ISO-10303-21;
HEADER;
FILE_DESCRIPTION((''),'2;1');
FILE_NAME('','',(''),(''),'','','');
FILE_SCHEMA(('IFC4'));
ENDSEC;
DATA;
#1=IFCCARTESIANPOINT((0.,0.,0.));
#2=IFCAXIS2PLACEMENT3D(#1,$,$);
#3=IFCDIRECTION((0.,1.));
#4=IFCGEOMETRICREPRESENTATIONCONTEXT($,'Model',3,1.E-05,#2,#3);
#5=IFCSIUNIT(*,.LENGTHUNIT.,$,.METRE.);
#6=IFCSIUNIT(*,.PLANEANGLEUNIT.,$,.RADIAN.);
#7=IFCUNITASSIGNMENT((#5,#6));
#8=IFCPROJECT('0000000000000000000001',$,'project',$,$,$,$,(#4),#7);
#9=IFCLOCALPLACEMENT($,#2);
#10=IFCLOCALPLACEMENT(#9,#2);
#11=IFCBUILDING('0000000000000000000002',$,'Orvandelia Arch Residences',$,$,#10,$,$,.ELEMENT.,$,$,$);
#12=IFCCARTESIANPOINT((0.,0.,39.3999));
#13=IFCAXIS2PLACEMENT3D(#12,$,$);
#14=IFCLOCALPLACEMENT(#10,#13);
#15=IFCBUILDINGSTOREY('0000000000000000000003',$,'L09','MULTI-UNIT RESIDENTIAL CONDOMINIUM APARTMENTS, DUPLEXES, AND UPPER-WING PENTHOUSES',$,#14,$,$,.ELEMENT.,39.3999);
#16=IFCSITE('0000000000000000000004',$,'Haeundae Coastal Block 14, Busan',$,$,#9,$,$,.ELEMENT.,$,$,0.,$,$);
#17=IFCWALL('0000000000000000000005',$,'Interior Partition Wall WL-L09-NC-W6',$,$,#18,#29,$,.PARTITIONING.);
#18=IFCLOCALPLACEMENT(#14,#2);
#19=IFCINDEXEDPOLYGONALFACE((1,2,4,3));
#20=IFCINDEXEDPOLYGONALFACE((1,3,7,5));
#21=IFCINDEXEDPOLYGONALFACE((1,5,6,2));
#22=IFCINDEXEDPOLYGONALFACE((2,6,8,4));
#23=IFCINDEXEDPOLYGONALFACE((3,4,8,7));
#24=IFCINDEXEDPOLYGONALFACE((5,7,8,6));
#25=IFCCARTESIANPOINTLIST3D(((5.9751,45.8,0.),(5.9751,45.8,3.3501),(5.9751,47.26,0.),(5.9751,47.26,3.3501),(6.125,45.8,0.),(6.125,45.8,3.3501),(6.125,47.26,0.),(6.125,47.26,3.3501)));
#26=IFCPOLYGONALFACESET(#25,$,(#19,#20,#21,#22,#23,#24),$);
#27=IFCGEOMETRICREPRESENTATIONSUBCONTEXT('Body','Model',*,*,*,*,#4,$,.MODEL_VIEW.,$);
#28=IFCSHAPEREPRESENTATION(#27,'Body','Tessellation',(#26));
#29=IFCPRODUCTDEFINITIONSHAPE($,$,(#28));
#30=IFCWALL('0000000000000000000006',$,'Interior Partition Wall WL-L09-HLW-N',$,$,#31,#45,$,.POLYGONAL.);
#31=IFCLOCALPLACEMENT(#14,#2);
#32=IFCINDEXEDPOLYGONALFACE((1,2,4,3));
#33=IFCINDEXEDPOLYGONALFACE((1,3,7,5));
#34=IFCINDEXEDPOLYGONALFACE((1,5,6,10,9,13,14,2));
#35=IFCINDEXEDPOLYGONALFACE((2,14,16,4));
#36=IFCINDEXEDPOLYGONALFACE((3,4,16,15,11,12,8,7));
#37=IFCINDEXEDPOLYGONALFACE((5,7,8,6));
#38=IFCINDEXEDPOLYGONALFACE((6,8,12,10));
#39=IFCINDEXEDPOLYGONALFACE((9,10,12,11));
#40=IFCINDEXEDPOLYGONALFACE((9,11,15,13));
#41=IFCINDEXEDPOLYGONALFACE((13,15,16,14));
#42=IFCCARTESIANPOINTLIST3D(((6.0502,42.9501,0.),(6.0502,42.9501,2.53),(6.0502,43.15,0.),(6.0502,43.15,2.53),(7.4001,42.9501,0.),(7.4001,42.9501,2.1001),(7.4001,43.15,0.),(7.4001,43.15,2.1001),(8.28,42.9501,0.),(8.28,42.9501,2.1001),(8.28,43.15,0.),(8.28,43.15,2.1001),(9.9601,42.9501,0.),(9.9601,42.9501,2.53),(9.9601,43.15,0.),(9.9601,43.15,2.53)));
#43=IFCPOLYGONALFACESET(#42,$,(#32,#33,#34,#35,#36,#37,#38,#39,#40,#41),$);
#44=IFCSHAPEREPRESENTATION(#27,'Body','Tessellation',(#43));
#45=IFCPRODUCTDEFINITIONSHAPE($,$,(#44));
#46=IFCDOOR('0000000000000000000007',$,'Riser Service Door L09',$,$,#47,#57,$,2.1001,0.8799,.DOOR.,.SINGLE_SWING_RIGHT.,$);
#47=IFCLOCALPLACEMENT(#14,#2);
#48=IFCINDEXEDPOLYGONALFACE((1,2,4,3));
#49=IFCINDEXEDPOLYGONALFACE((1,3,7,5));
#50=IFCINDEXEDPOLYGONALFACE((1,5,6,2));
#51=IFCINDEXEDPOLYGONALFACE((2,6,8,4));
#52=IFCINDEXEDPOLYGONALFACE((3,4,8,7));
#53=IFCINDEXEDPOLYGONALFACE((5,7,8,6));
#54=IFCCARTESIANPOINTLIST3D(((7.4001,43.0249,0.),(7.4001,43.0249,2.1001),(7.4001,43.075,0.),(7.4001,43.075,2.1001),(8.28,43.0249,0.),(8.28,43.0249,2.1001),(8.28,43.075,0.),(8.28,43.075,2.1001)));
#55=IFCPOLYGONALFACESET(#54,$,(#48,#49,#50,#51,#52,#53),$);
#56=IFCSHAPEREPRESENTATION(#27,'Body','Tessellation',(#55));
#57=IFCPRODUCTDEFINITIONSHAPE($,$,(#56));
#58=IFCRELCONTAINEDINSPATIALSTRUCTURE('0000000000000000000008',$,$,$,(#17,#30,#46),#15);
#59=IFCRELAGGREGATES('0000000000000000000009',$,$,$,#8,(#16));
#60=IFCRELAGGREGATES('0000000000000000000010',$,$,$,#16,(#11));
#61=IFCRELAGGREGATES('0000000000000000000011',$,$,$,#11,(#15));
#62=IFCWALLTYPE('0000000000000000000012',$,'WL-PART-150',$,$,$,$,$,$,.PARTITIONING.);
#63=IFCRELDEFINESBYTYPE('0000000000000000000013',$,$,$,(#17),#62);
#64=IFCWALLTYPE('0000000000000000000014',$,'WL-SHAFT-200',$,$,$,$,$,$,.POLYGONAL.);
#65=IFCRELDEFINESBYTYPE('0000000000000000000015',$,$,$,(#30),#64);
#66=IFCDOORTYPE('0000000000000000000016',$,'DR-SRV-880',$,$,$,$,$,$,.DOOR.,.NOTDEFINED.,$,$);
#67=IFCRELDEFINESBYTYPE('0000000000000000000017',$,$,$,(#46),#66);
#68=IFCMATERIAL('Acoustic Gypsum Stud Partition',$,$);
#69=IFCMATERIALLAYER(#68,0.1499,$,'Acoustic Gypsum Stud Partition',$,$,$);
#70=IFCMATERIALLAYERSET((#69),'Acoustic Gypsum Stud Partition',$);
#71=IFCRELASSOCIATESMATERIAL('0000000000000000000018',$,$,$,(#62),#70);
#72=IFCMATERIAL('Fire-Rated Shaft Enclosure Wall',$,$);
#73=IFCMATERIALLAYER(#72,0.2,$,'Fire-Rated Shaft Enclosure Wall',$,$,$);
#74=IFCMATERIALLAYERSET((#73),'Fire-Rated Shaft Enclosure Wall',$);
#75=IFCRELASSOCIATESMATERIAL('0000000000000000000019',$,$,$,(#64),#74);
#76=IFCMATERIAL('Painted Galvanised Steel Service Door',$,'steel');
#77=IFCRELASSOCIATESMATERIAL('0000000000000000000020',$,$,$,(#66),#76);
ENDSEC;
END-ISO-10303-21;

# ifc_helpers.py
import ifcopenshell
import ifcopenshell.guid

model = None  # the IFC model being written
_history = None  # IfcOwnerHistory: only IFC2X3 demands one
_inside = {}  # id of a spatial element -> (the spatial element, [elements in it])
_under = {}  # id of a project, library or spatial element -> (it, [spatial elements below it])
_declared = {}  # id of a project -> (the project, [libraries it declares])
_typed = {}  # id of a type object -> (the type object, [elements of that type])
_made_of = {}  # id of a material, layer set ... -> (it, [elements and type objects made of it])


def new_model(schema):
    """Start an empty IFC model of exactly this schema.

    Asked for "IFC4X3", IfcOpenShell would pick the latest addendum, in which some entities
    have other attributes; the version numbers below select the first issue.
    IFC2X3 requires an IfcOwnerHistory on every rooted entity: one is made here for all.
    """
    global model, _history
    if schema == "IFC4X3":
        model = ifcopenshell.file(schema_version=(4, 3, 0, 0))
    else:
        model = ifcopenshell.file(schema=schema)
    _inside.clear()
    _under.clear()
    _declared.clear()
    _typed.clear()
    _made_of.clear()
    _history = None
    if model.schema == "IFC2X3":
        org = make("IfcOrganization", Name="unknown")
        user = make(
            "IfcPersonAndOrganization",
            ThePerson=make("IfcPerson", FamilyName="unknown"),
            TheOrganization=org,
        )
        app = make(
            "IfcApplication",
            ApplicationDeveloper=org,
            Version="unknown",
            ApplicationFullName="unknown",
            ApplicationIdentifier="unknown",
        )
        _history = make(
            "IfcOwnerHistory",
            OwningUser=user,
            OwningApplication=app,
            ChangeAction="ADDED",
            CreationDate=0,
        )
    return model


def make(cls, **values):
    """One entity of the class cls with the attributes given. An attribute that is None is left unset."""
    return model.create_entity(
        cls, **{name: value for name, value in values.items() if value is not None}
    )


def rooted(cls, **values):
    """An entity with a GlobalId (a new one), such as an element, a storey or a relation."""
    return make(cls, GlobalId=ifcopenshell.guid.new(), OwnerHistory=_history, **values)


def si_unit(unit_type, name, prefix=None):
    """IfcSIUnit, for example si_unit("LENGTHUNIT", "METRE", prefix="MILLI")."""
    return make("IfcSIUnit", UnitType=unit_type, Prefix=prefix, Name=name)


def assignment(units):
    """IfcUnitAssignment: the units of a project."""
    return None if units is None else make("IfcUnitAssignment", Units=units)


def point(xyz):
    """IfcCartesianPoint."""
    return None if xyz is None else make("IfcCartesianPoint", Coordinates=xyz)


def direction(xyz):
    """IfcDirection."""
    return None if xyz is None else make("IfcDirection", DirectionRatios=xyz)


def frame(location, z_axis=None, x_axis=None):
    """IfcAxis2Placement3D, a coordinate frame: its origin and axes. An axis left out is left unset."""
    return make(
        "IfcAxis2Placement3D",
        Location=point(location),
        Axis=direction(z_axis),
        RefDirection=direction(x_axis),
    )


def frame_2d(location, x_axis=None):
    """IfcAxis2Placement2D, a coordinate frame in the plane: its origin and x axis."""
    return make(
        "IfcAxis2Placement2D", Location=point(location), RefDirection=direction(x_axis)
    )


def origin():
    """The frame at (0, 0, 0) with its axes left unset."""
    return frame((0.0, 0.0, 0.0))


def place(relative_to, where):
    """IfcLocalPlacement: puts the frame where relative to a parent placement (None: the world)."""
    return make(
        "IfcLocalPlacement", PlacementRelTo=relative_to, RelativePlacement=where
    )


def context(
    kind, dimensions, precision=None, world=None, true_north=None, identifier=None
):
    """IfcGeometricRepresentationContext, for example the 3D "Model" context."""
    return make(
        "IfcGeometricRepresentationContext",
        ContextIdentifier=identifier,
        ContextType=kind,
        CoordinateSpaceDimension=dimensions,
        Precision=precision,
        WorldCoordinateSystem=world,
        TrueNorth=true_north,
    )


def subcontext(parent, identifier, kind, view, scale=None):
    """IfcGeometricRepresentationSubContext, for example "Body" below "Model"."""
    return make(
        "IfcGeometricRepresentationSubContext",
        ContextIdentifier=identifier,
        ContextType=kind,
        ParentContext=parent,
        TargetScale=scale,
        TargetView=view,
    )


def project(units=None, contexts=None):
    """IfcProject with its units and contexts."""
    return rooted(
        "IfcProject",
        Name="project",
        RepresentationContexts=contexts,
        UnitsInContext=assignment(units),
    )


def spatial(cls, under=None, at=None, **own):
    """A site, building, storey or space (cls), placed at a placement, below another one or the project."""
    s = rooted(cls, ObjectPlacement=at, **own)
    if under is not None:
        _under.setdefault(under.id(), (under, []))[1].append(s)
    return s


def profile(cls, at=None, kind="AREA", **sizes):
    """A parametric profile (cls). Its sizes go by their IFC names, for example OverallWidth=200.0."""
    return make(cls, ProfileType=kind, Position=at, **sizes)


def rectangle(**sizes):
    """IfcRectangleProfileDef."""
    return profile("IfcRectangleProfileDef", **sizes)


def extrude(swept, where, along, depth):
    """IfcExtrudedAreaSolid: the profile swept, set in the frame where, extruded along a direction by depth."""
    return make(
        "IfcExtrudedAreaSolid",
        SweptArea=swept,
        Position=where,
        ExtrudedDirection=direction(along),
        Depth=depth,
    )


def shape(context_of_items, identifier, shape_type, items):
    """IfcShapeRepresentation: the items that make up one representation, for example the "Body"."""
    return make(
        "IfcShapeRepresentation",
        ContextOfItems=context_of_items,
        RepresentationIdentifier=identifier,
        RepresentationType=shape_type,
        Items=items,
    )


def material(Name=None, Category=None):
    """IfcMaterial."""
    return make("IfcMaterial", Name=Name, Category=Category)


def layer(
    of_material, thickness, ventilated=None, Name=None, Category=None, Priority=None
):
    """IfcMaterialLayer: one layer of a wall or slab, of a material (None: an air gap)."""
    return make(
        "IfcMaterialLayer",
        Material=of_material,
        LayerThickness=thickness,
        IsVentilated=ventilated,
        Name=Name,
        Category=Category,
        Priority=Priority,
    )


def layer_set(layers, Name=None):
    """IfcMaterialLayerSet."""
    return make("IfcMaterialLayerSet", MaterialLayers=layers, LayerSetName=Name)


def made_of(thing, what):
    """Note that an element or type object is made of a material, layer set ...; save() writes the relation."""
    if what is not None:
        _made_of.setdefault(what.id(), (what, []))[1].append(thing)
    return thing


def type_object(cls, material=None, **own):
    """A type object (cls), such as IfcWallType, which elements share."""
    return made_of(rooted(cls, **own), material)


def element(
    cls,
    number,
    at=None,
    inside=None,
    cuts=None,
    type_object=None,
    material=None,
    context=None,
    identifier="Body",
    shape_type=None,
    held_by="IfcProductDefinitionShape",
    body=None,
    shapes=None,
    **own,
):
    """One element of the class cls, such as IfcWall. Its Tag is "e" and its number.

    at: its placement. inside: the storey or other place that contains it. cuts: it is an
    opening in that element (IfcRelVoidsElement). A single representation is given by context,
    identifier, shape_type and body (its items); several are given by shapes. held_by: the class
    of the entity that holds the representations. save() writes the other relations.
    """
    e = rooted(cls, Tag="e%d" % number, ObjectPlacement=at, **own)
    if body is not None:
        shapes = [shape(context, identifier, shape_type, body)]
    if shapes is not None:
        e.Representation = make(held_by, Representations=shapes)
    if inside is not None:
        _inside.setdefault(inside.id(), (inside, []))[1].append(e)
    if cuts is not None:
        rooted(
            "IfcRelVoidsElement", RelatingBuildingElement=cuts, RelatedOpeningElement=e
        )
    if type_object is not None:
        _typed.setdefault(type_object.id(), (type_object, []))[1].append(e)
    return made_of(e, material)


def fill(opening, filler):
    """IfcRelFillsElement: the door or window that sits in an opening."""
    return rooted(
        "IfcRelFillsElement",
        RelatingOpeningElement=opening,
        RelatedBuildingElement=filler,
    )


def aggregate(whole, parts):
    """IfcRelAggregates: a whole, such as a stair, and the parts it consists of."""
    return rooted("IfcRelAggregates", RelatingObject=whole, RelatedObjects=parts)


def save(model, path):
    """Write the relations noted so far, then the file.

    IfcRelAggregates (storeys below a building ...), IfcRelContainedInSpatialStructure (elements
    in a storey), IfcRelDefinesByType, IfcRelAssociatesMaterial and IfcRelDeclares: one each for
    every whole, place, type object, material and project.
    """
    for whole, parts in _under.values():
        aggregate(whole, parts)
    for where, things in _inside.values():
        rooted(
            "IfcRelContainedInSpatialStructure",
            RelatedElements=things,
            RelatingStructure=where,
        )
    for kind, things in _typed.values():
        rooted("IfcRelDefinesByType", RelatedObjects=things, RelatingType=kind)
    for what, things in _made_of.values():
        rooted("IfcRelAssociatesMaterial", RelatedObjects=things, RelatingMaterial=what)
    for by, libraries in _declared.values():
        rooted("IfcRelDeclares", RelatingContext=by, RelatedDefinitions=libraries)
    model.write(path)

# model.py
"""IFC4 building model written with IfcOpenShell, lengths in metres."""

from ifc_helpers import new_model, si_unit, direction, frame, frame_2d, origin, place, context, subcontext, project, spatial, rectangle, extrude, material, layer, layer_set, type_object, element, fill, save


model = new_model("IFC4")

# Units and contexts
model_context = context("Model", 3, precision=1e-05, world=origin(), true_north=direction((0.0, 1.0)))
body_context = subcontext(model_context, "Body", "Model", "MODEL_VIEW")
ifc_project = project(units=[si_unit("LENGTHUNIT", "METRE"), si_unit("PLANEANGLEUNIT", "RADIAN")], contexts=[model_context])

# Site, building, storey
site_placement = place(None, origin())
site = spatial("IfcSite", under=ifc_project, at=site_placement, Name="Haeundae Coastal Block 14, Busan", CompositionType="ELEMENT", RefElevation=0.0)
building_placement = place(site_placement, origin())
building = spatial("IfcBuilding", under=site, at=building_placement, Name="Orvandelia Arch Residences", CompositionType="ELEMENT")
storey_placement = place(building_placement, frame((0.0, 0.0, 39.3999)))
storey = spatial("IfcBuildingStorey", under=building, at=storey_placement, Name="L09", Description="MULTI-UNIT RESIDENTIAL CONDOMINIUM APARTMENTS, DUPLEXES, AND UPPER-WING PENTHOUSES", CompositionType="ELEMENT", Elevation=39.3999)

# Wall
ifc_material_1 = material(Name="Acoustic Gypsum Stud Partition")
ifc_layer_1 = layer(ifc_material_1, 0.1499, Name="Acoustic Gypsum Stud Partition")
ifc_layer_set_1 = layer_set([ifc_layer_1], Name="Acoustic Gypsum Stud Partition")
wall_type_1 = type_object("IfcWallType", Name="WL-PART-150", PredefinedType="PARTITIONING", material=ifc_layer_set_1)
wall_1_placement = place(storey_placement, frame((6.05, 45.8, 0.0), z_axis=(0.0, 0.0, 1.0), x_axis=(0.0, 1.0, 0.0)))
element("IfcWall", 1, at=wall_1_placement, inside=storey, type_object=wall_type_1, Name="Interior Partition Wall WL-L09-NC-W6", PredefinedType="PARTITIONING", context=body_context, shape_type="SweptSolid", body=[
    extrude(rectangle(XDim=1.46, YDim=0.1499, at=frame_2d((0.73, 0.0))), origin(), (0.0, 0.0, 1.0), 3.3501),
])

# Wall, opening, door
ifc_material_2 = material(Name="Fire-Rated Shaft Enclosure Wall")
ifc_layer_2 = layer(ifc_material_2, 0.2, Name="Fire-Rated Shaft Enclosure Wall")
ifc_layer_set_2 = layer_set([ifc_layer_2], Name="Fire-Rated Shaft Enclosure Wall")
wall_type_2 = type_object("IfcWallType", Name="WL-SHAFT-200", PredefinedType="POLYGONAL", material=ifc_layer_set_2)
wall_2_placement = place(storey_placement, frame((6.05, 43.05, 0.0), z_axis=(0.0, 0.0, 1.0), x_axis=(1.0, 0.0, 0.0)))
wall_2 = element("IfcWall", 2, at=wall_2_placement, inside=storey, type_object=wall_type_2, Name="Interior Partition Wall WL-L09-HLW-N", PredefinedType="POLYGONAL", context=body_context, shape_type="SweptSolid", body=[
    extrude(rectangle(XDim=3.9099, YDim=0.2, at=frame_2d((1.9551, 0.0))), origin(), (0.0, 0.0, 1.0), 2.53),
])
opening_1_placement = place(wall_2_placement, frame((1.3501, 0.0, 0.0)))
opening_1 = element("IfcOpeningElement", 3, at=opening_1_placement, cuts=wall_2, PredefinedType="OPENING", context=body_context, shape_type="SweptSolid", body=[
    extrude(rectangle(XDim=0.8799, YDim=2.1001, at=frame_2d((0.4399, 1.05))), frame((0.0, 0.1099, 0.0), z_axis=(0.0, -1.0, 0.0), x_axis=(1.0, 0.0, 0.0)), (0.0, 0.0, 1.0), 0.22),
])
ifc_material_3 = material(Name="Painted Galvanised Steel Service Door", Category="steel")
door_type = type_object("IfcDoorType", Name="DR-SRV-880", OperationType="NOTDEFINED", PredefinedType="DOOR", material=ifc_material_3)
door_placement = place(opening_1_placement, origin())
door = element("IfcDoor", 4, at=door_placement, inside=storey, type_object=door_type, Name="Riser Service Door L09", OperationType="SINGLE_SWING_RIGHT", OverallHeight=2.1001, OverallWidth=0.8799, PredefinedType="DOOR", context=body_context, shape_type="SweptSolid", body=[
    extrude(rectangle(XDim=0.8799, YDim=2.1001, at=frame_2d((0.4399, 1.05))), frame((0.0, 0.0249, 0.0), z_axis=(0.0, -1.0, 0.0), x_axis=(1.0, 0.0, 0.0)), (0.0, 0.0, 1.0), 0.05),
])
fill(opening_1, door)

save(model, "model.ifc")
